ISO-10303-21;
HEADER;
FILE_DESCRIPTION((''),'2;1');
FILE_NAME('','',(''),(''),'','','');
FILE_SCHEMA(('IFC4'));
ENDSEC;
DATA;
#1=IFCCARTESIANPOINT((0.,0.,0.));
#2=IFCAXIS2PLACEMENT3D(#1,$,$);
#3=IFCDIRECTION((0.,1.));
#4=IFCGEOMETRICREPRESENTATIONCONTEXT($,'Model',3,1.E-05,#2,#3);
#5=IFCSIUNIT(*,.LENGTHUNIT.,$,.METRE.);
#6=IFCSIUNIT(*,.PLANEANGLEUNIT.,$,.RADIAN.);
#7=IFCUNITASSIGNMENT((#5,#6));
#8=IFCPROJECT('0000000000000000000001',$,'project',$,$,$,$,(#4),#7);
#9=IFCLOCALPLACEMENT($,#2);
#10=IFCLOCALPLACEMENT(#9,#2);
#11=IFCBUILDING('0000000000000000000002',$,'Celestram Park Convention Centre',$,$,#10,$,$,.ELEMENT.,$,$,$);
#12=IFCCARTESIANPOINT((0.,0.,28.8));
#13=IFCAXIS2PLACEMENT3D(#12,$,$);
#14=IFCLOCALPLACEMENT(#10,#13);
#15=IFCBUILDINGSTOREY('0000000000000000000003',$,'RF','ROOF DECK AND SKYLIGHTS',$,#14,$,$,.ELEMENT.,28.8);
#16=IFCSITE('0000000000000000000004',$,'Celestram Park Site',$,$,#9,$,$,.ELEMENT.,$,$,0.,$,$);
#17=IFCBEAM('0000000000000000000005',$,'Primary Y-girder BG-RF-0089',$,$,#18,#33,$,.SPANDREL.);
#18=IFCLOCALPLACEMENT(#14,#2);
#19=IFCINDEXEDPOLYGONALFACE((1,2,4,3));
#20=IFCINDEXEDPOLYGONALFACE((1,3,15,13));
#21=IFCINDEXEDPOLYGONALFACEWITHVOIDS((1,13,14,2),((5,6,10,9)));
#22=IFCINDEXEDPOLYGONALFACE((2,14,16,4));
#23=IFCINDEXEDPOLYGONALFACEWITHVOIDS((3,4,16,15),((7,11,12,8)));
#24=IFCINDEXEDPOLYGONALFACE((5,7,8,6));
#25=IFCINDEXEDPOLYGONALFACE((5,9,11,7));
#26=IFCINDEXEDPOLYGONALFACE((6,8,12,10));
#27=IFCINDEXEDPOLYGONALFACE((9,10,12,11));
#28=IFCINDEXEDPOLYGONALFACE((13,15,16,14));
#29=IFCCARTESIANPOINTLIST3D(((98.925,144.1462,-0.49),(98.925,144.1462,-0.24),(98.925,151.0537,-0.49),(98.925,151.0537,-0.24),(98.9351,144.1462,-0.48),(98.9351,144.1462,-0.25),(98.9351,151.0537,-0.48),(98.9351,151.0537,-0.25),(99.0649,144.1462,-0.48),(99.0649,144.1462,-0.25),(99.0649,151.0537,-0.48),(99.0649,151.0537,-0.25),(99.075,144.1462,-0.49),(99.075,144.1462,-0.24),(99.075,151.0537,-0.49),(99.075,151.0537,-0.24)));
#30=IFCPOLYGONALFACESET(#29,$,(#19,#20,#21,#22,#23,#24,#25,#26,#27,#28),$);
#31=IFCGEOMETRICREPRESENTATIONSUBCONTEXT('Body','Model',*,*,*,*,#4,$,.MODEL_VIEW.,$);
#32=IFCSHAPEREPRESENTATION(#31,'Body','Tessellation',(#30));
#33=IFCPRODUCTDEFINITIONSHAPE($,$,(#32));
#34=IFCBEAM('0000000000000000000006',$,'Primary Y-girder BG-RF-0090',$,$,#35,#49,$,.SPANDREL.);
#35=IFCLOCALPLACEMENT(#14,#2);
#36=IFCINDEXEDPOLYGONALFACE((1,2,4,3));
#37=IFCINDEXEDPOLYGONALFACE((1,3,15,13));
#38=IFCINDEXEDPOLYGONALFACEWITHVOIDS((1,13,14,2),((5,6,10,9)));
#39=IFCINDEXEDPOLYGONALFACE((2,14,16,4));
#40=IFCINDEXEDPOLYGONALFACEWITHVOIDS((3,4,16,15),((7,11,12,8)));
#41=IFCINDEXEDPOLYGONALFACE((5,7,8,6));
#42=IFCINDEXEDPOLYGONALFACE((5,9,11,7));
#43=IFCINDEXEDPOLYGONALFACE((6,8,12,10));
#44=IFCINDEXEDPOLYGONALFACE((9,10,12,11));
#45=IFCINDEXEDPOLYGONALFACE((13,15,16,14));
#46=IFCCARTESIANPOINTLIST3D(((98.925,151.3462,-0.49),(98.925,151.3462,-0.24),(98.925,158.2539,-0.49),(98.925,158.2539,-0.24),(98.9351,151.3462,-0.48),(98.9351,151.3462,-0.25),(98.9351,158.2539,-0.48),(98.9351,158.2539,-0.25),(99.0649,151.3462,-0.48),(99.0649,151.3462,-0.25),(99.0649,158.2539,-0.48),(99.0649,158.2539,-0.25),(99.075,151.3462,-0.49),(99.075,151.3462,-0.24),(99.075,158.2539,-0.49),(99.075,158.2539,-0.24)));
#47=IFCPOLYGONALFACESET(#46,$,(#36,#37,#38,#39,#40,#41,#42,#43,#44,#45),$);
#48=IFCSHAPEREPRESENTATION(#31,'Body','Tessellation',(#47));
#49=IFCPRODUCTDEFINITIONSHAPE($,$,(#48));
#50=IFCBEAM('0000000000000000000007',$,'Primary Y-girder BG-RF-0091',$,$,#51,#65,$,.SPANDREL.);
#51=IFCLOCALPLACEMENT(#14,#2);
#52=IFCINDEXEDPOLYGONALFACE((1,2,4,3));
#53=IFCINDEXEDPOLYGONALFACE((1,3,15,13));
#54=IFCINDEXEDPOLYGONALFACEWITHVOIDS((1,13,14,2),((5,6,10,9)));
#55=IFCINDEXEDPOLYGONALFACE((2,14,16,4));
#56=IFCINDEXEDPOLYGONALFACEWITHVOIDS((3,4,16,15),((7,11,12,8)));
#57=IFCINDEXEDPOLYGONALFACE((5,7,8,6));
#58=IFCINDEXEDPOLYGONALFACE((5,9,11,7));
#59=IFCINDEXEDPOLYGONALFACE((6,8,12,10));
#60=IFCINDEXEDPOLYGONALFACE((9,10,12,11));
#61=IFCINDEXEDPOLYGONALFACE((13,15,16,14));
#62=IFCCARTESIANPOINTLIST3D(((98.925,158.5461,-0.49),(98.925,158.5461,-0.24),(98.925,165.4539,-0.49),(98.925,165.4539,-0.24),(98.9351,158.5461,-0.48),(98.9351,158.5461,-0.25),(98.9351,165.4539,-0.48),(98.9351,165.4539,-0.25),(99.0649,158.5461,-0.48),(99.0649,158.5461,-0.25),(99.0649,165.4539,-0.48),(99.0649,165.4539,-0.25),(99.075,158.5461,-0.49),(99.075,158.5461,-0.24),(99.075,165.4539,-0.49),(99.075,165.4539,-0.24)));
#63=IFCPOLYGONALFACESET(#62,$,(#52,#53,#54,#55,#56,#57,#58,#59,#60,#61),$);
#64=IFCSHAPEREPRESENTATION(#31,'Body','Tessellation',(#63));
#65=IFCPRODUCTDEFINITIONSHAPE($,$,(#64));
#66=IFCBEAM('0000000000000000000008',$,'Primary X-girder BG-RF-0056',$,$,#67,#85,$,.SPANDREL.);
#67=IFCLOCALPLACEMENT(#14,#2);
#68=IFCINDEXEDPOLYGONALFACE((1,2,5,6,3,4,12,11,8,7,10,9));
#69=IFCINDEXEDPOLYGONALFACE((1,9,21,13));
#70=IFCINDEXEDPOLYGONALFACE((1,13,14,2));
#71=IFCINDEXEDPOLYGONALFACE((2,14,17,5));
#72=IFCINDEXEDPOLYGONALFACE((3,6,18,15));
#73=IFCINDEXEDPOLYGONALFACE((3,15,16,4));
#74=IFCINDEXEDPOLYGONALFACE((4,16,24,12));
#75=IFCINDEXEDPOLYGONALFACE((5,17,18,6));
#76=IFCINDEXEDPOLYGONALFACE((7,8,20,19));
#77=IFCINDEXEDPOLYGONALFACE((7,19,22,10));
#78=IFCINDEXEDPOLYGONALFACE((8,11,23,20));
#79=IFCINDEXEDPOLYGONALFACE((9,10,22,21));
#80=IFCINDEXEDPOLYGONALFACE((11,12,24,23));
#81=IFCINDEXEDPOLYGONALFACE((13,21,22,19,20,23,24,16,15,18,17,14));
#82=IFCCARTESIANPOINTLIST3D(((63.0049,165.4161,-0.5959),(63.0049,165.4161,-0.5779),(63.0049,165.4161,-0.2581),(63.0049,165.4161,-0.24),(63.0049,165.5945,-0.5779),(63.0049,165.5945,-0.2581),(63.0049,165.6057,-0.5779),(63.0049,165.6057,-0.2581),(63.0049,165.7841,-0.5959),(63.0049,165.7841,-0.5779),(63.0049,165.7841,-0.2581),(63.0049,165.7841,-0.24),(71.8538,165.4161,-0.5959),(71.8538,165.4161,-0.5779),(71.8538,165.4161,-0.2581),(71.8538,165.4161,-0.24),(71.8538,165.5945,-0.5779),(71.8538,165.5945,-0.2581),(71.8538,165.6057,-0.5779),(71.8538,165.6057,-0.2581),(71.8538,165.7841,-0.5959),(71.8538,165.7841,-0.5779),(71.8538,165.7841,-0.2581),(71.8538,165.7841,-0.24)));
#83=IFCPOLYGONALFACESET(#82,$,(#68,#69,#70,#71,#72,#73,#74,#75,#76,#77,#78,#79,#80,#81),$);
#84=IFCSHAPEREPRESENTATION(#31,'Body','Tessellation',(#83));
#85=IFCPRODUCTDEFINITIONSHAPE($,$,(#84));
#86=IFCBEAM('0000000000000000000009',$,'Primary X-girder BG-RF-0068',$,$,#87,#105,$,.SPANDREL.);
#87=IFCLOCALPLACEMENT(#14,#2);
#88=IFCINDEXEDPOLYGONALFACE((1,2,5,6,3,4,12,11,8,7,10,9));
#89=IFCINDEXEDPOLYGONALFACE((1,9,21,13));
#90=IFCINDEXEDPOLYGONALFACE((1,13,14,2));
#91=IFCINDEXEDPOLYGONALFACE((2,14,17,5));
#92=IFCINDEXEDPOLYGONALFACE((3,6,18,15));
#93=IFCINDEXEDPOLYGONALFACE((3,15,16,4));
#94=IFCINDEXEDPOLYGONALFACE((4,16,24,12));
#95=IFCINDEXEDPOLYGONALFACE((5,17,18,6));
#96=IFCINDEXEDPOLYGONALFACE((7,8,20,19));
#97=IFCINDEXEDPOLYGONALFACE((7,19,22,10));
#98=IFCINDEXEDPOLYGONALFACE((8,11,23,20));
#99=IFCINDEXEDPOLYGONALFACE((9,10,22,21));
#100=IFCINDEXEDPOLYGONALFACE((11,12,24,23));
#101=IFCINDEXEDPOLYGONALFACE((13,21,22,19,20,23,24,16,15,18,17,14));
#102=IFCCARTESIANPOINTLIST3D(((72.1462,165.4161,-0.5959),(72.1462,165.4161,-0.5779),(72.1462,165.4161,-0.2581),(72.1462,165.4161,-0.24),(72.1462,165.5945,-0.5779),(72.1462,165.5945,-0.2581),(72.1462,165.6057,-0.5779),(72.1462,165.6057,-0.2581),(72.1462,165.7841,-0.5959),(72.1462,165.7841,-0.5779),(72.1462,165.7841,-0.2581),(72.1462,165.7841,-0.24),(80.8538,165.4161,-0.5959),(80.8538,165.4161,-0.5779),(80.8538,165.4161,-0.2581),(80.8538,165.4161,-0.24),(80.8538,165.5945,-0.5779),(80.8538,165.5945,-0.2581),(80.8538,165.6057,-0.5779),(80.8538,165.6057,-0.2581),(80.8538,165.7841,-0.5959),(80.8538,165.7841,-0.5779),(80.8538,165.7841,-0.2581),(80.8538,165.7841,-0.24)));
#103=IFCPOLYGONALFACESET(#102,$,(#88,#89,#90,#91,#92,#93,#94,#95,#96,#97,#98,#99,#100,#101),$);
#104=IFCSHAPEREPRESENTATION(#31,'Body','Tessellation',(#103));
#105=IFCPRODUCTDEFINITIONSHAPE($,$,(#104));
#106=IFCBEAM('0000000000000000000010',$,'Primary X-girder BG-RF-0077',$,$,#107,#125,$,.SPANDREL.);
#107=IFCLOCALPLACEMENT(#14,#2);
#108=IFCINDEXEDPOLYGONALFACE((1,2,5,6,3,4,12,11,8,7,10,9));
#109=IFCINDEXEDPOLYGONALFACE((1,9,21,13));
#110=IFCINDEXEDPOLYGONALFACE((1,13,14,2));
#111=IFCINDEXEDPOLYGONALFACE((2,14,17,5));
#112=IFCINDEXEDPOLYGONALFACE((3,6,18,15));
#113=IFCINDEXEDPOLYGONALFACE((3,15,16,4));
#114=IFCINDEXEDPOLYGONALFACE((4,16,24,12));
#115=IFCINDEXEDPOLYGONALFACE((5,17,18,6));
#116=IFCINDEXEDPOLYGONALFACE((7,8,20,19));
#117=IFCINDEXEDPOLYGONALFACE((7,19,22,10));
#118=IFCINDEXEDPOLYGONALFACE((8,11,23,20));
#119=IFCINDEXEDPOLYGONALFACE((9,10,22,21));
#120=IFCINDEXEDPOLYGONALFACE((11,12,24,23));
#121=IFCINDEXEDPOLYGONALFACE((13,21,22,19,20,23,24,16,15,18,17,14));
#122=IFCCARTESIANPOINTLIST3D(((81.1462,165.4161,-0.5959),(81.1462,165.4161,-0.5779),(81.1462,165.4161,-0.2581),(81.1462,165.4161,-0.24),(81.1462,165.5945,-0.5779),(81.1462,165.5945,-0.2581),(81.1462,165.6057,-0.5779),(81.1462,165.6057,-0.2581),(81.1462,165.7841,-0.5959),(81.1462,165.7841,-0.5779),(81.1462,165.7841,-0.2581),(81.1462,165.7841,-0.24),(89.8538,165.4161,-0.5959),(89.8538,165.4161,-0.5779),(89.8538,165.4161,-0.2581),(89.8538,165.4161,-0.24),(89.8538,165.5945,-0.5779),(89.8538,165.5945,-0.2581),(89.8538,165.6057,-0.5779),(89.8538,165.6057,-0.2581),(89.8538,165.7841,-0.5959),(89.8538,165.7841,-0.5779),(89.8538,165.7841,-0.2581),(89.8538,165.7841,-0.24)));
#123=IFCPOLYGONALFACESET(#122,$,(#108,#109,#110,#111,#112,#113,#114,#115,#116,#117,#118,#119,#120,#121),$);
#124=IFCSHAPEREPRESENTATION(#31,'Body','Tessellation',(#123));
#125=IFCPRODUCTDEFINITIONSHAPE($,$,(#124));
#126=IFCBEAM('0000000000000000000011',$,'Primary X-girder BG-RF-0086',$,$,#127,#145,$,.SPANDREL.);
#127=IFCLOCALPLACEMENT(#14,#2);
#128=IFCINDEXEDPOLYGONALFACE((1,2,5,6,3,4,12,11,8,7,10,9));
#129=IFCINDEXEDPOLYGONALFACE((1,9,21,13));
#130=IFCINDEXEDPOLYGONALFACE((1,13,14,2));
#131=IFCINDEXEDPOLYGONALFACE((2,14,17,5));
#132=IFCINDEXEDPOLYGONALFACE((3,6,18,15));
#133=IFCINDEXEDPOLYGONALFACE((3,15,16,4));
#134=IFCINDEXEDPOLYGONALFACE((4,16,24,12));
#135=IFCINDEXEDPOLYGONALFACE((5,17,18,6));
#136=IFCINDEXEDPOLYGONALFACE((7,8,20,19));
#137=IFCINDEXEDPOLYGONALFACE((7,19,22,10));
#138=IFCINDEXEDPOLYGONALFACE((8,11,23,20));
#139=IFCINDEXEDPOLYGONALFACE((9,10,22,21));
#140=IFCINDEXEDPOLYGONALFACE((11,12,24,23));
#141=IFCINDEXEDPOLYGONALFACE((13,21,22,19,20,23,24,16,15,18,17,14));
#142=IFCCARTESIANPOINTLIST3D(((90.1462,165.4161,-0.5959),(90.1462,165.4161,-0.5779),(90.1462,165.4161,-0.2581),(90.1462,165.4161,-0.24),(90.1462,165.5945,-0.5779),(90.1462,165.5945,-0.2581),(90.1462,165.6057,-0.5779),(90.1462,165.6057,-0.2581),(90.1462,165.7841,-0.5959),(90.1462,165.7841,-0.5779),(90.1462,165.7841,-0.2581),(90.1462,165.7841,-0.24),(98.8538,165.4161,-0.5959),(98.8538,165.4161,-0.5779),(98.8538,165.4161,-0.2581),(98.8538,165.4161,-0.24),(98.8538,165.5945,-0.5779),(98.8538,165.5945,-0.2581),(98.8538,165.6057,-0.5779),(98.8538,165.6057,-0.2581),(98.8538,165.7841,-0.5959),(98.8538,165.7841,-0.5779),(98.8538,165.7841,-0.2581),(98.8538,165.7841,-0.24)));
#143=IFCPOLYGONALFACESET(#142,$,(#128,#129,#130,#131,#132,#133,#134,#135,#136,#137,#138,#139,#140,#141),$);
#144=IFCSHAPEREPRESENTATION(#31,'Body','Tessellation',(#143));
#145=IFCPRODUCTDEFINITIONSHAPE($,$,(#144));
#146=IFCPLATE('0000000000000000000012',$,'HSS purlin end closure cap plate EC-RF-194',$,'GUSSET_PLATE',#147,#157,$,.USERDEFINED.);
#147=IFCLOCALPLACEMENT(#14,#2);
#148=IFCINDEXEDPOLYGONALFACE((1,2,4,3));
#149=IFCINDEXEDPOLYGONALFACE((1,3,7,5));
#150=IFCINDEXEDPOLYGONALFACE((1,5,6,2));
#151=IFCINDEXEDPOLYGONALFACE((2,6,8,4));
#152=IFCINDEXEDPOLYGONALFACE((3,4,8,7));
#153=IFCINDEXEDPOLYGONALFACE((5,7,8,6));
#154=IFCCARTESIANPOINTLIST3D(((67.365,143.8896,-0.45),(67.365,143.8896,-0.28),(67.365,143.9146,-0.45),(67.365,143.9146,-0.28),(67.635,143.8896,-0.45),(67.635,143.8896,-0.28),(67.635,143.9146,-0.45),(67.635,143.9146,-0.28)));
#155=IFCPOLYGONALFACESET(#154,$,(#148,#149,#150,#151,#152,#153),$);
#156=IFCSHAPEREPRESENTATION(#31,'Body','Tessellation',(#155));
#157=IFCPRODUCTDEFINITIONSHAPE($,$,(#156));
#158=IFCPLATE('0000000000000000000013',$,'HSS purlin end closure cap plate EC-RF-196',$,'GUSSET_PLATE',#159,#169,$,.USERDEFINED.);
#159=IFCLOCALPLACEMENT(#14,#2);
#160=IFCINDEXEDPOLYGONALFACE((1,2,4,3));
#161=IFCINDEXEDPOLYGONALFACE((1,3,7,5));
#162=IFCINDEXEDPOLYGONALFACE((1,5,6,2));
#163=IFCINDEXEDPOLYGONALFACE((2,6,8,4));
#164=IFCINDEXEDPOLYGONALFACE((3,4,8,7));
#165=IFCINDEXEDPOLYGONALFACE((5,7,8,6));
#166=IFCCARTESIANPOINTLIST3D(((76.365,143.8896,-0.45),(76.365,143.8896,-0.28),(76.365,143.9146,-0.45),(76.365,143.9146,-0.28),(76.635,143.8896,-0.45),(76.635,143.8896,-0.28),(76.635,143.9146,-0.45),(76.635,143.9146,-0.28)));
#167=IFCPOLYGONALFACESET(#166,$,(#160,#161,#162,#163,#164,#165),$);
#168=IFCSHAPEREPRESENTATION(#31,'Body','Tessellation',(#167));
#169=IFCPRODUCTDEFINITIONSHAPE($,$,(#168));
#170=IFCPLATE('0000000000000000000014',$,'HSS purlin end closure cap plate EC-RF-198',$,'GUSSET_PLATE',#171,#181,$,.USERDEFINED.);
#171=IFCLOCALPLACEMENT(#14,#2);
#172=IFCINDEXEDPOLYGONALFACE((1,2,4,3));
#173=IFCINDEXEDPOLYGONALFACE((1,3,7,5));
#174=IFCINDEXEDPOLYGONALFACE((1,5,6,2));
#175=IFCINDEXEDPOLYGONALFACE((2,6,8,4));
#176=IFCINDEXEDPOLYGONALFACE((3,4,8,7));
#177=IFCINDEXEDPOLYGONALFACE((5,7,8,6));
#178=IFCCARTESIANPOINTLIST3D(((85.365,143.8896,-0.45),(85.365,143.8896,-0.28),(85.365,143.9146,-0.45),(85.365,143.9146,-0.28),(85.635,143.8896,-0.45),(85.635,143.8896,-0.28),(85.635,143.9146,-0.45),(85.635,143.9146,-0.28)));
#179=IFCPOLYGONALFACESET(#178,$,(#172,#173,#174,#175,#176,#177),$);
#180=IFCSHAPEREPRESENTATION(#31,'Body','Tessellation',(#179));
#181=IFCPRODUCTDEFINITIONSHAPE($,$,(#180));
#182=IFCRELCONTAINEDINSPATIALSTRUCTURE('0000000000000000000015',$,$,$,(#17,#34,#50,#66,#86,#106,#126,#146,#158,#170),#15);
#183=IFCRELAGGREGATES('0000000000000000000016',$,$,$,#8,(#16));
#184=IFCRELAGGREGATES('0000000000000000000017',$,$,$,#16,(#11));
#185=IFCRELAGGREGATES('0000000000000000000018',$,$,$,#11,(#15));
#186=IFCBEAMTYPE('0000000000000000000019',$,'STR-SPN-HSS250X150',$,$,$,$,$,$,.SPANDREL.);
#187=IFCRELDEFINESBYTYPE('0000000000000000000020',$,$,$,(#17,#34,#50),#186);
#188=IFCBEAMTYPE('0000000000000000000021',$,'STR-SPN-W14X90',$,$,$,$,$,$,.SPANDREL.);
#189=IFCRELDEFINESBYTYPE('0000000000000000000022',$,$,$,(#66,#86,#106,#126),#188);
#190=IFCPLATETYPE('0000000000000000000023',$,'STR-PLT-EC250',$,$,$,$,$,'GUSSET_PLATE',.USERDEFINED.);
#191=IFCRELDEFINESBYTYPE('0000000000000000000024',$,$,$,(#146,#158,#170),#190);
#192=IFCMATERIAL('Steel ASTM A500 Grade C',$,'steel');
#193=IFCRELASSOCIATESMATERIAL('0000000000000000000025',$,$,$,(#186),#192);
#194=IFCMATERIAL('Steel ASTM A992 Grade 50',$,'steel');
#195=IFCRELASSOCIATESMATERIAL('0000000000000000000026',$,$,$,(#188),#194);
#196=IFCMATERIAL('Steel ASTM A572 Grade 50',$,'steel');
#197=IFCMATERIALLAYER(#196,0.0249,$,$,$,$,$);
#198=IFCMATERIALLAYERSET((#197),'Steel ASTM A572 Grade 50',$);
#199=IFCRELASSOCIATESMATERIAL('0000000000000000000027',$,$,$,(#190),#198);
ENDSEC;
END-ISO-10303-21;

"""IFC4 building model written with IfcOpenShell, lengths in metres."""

from ifc_helpers import new_model, si_unit, direction, frame, origin, origin_2d, place, context, subcontext, project, spatial, rectangle, hollow_rectangle, i_section, extrude, material, layer, layer_set, material_profile, profile_set, type_object, element, save


model = new_model("IFC4")

# Units and contexts
model_context = context("Model", 3, precision=1e-05, world=origin(), true_north=direction((0.0, 1.0)))
body_context = subcontext(model_context, "Body", "Model", "MODEL_VIEW")
ifc_project = project(units=[si_unit("LENGTHUNIT", "METRE"), si_unit("PLANEANGLEUNIT", "RADIAN")], contexts=[model_context])

# Site, building, storey
site_placement = place(None, origin())
site = spatial("IfcSite", under=ifc_project, at=site_placement, Name="Celestram Park Site", CompositionType="ELEMENT", RefElevation=0.0)
building_placement = place(site_placement, origin())
building = spatial("IfcBuilding", under=site, at=building_placement, Name="Celestram Park Convention Centre", CompositionType="ELEMENT")
storey_placement = place(building_placement, frame((0.0, 0.0, 28.8)))
storey = spatial("IfcBuildingStorey", under=building, at=storey_placement, Name="RF", Description="ROOF DECK AND SKYLIGHTS", CompositionType="ELEMENT", Elevation=28.8)

# Beams
ifc_material_1 = material(Name="Steel ASTM A992 Grade 50", Category="steel")
ifc_material_2 = material(Name="Steel ASTM A500 Grade C", Category="steel")
ifc_material_profile_1 = material_profile(ifc_material_2, hollow_rectangle(XDim=0.1499, YDim=0.25, WallThickness=0.01, at=origin_2d()), Name="HSS250X150X10")
ifc_profile_set_1 = profile_set([ifc_material_profile_1], Name="Steel ASTM A500 Grade C")
beam_type_1 = type_object("IfcBeamType", Name="STR-SPN-HSS250X150", PredefinedType="SPANDREL", material=ifc_profile_set_1)
for number, where, z_axis, x_axis, name in (
    (1, (99.0, 144.1462, -0.365), (0.0, 1.0, 0.0), (-1.0, 0.0, 0.0), "Primary Y-girder BG-RF-0089"),
):
    element("IfcBeam", number, at=place(storey_placement, frame(where, z_axis=z_axis, x_axis=x_axis)), inside=storey, type_object=beam_type_1, Name=name, PredefinedType="SPANDREL", context=body_context, shape_type="SweptSolid", body=[
        extrude(hollow_rectangle(XDim=0.1499, YDim=0.25, WallThickness=0.01, at=origin_2d()), origin(), (0.0, 0.0, 1.0), 6.9075),
    ])
for number, where, z_axis, x_axis, name in (
    (2, (99.0, 151.3462, -0.365), (0.0, 1.0, 0.0), (-1.0, 0.0, 0.0), "Primary Y-girder BG-RF-0090"),
    (3, (99.0, 158.5461, -0.365), (0.0, 1.0, 0.0), (-1.0, 0.0, 0.0), "Primary Y-girder BG-RF-0091"),
):
    element("IfcBeam", number, at=place(storey_placement, frame(where, z_axis=z_axis, x_axis=x_axis)), inside=storey, type_object=beam_type_1, Name=name, PredefinedType="SPANDREL", context=body_context, shape_type="SweptSolid", body=[
        extrude(hollow_rectangle(XDim=0.1499, YDim=0.25, WallThickness=0.01, at=origin_2d()), origin(), (0.0, 0.0, 1.0), 6.9077),
    ])
ifc_material_profile_2 = material_profile(ifc_material_1, i_section(OverallWidth=0.3679, OverallDepth=0.356, WebThickness=0.0112, FlangeThickness=0.0181, at=origin_2d()), Name="W14X90")
ifc_profile_set_2 = profile_set([ifc_material_profile_2], Name="Steel ASTM A992 Grade 50")
beam_type_2 = type_object("IfcBeamType", Name="STR-SPN-W14X90", PredefinedType="SPANDREL", material=ifc_profile_set_2)
beam_1_placement = place(storey_placement, frame((63.0049, 165.6001, -0.418), z_axis=(1.0, 0.0, 0.0), x_axis=(0.0, 1.0, 0.0)))
element("IfcBeam", 4, at=beam_1_placement, inside=storey, type_object=beam_type_2, Name="Primary X-girder BG-RF-0056", PredefinedType="SPANDREL", context=body_context, shape_type="SweptSolid", body=[
    extrude(i_section(OverallWidth=0.3679, OverallDepth=0.356, WebThickness=0.0112, FlangeThickness=0.0181, at=origin_2d()), origin(), (0.0, 0.0, 1.0), 8.8489),
])
for number, where, z_axis, x_axis, name in (
    (5, (72.1462, 165.6001, -0.418), (1.0, 0.0, 0.0), (0.0, 1.0, 0.0), "Primary X-girder BG-RF-0068"),
    (6, (81.1462, 165.6001, -0.418), (1.0, 0.0, 0.0), (0.0, 1.0, 0.0), "Primary X-girder BG-RF-0077"),
    (7, (90.1462, 165.6001, -0.418), (1.0, 0.0, 0.0), (0.0, 1.0, 0.0), "Primary X-girder BG-RF-0086"),
):
    element("IfcBeam", number, at=place(storey_placement, frame(where, z_axis=z_axis, x_axis=x_axis)), inside=storey, type_object=beam_type_2, Name=name, PredefinedType="SPANDREL", context=body_context, shape_type="SweptSolid", body=[
        extrude(i_section(OverallWidth=0.3679, OverallDepth=0.356, WebThickness=0.0112, FlangeThickness=0.0181, at=origin_2d()), origin(), (0.0, 0.0, 1.0), 8.7075),
    ])

# Plates
ifc_material_3 = material(Name="Steel ASTM A572 Grade 50", Category="steel")
ifc_layer = layer(ifc_material_3, 0.0249)
ifc_layer_set = layer_set([ifc_layer], Name="Steel ASTM A572 Grade 50")
plate_type = type_object("IfcPlateType", Name="STR-PLT-EC250", ElementType="GUSSET_PLATE", PredefinedType="USERDEFINED", material=ifc_layer_set)
for number, where, z_axis, x_axis, name in (
    (8, (67.5, 143.9021, -0.45), (0.0, 0.0, 1.0), (1.0, 0.0, 0.0), "HSS purlin end closure cap plate EC-RF-194"),
    (9, (76.5, 143.9021, -0.45), (0.0, 0.0, 1.0), (1.0, 0.0, 0.0), "HSS purlin end closure cap plate EC-RF-196"),
    (10, (85.5, 143.9021, -0.45), (0.0, 0.0, 1.0), (1.0, 0.0, 0.0), "HSS purlin end closure cap plate EC-RF-198"),
):
    element("IfcPlate", number, at=place(storey_placement, frame(where, z_axis=z_axis, x_axis=x_axis)), inside=storey, type_object=plate_type, Name=name, ObjectType="GUSSET_PLATE", PredefinedType="USERDEFINED", context=body_context, shape_type="SweptSolid", body=[
        extrude(rectangle(XDim=0.27, YDim=0.0249, at=origin_2d()), origin(), (0.0, 0.0, 1.0), 0.1699),
    ])

save(model, "model.ifc")
